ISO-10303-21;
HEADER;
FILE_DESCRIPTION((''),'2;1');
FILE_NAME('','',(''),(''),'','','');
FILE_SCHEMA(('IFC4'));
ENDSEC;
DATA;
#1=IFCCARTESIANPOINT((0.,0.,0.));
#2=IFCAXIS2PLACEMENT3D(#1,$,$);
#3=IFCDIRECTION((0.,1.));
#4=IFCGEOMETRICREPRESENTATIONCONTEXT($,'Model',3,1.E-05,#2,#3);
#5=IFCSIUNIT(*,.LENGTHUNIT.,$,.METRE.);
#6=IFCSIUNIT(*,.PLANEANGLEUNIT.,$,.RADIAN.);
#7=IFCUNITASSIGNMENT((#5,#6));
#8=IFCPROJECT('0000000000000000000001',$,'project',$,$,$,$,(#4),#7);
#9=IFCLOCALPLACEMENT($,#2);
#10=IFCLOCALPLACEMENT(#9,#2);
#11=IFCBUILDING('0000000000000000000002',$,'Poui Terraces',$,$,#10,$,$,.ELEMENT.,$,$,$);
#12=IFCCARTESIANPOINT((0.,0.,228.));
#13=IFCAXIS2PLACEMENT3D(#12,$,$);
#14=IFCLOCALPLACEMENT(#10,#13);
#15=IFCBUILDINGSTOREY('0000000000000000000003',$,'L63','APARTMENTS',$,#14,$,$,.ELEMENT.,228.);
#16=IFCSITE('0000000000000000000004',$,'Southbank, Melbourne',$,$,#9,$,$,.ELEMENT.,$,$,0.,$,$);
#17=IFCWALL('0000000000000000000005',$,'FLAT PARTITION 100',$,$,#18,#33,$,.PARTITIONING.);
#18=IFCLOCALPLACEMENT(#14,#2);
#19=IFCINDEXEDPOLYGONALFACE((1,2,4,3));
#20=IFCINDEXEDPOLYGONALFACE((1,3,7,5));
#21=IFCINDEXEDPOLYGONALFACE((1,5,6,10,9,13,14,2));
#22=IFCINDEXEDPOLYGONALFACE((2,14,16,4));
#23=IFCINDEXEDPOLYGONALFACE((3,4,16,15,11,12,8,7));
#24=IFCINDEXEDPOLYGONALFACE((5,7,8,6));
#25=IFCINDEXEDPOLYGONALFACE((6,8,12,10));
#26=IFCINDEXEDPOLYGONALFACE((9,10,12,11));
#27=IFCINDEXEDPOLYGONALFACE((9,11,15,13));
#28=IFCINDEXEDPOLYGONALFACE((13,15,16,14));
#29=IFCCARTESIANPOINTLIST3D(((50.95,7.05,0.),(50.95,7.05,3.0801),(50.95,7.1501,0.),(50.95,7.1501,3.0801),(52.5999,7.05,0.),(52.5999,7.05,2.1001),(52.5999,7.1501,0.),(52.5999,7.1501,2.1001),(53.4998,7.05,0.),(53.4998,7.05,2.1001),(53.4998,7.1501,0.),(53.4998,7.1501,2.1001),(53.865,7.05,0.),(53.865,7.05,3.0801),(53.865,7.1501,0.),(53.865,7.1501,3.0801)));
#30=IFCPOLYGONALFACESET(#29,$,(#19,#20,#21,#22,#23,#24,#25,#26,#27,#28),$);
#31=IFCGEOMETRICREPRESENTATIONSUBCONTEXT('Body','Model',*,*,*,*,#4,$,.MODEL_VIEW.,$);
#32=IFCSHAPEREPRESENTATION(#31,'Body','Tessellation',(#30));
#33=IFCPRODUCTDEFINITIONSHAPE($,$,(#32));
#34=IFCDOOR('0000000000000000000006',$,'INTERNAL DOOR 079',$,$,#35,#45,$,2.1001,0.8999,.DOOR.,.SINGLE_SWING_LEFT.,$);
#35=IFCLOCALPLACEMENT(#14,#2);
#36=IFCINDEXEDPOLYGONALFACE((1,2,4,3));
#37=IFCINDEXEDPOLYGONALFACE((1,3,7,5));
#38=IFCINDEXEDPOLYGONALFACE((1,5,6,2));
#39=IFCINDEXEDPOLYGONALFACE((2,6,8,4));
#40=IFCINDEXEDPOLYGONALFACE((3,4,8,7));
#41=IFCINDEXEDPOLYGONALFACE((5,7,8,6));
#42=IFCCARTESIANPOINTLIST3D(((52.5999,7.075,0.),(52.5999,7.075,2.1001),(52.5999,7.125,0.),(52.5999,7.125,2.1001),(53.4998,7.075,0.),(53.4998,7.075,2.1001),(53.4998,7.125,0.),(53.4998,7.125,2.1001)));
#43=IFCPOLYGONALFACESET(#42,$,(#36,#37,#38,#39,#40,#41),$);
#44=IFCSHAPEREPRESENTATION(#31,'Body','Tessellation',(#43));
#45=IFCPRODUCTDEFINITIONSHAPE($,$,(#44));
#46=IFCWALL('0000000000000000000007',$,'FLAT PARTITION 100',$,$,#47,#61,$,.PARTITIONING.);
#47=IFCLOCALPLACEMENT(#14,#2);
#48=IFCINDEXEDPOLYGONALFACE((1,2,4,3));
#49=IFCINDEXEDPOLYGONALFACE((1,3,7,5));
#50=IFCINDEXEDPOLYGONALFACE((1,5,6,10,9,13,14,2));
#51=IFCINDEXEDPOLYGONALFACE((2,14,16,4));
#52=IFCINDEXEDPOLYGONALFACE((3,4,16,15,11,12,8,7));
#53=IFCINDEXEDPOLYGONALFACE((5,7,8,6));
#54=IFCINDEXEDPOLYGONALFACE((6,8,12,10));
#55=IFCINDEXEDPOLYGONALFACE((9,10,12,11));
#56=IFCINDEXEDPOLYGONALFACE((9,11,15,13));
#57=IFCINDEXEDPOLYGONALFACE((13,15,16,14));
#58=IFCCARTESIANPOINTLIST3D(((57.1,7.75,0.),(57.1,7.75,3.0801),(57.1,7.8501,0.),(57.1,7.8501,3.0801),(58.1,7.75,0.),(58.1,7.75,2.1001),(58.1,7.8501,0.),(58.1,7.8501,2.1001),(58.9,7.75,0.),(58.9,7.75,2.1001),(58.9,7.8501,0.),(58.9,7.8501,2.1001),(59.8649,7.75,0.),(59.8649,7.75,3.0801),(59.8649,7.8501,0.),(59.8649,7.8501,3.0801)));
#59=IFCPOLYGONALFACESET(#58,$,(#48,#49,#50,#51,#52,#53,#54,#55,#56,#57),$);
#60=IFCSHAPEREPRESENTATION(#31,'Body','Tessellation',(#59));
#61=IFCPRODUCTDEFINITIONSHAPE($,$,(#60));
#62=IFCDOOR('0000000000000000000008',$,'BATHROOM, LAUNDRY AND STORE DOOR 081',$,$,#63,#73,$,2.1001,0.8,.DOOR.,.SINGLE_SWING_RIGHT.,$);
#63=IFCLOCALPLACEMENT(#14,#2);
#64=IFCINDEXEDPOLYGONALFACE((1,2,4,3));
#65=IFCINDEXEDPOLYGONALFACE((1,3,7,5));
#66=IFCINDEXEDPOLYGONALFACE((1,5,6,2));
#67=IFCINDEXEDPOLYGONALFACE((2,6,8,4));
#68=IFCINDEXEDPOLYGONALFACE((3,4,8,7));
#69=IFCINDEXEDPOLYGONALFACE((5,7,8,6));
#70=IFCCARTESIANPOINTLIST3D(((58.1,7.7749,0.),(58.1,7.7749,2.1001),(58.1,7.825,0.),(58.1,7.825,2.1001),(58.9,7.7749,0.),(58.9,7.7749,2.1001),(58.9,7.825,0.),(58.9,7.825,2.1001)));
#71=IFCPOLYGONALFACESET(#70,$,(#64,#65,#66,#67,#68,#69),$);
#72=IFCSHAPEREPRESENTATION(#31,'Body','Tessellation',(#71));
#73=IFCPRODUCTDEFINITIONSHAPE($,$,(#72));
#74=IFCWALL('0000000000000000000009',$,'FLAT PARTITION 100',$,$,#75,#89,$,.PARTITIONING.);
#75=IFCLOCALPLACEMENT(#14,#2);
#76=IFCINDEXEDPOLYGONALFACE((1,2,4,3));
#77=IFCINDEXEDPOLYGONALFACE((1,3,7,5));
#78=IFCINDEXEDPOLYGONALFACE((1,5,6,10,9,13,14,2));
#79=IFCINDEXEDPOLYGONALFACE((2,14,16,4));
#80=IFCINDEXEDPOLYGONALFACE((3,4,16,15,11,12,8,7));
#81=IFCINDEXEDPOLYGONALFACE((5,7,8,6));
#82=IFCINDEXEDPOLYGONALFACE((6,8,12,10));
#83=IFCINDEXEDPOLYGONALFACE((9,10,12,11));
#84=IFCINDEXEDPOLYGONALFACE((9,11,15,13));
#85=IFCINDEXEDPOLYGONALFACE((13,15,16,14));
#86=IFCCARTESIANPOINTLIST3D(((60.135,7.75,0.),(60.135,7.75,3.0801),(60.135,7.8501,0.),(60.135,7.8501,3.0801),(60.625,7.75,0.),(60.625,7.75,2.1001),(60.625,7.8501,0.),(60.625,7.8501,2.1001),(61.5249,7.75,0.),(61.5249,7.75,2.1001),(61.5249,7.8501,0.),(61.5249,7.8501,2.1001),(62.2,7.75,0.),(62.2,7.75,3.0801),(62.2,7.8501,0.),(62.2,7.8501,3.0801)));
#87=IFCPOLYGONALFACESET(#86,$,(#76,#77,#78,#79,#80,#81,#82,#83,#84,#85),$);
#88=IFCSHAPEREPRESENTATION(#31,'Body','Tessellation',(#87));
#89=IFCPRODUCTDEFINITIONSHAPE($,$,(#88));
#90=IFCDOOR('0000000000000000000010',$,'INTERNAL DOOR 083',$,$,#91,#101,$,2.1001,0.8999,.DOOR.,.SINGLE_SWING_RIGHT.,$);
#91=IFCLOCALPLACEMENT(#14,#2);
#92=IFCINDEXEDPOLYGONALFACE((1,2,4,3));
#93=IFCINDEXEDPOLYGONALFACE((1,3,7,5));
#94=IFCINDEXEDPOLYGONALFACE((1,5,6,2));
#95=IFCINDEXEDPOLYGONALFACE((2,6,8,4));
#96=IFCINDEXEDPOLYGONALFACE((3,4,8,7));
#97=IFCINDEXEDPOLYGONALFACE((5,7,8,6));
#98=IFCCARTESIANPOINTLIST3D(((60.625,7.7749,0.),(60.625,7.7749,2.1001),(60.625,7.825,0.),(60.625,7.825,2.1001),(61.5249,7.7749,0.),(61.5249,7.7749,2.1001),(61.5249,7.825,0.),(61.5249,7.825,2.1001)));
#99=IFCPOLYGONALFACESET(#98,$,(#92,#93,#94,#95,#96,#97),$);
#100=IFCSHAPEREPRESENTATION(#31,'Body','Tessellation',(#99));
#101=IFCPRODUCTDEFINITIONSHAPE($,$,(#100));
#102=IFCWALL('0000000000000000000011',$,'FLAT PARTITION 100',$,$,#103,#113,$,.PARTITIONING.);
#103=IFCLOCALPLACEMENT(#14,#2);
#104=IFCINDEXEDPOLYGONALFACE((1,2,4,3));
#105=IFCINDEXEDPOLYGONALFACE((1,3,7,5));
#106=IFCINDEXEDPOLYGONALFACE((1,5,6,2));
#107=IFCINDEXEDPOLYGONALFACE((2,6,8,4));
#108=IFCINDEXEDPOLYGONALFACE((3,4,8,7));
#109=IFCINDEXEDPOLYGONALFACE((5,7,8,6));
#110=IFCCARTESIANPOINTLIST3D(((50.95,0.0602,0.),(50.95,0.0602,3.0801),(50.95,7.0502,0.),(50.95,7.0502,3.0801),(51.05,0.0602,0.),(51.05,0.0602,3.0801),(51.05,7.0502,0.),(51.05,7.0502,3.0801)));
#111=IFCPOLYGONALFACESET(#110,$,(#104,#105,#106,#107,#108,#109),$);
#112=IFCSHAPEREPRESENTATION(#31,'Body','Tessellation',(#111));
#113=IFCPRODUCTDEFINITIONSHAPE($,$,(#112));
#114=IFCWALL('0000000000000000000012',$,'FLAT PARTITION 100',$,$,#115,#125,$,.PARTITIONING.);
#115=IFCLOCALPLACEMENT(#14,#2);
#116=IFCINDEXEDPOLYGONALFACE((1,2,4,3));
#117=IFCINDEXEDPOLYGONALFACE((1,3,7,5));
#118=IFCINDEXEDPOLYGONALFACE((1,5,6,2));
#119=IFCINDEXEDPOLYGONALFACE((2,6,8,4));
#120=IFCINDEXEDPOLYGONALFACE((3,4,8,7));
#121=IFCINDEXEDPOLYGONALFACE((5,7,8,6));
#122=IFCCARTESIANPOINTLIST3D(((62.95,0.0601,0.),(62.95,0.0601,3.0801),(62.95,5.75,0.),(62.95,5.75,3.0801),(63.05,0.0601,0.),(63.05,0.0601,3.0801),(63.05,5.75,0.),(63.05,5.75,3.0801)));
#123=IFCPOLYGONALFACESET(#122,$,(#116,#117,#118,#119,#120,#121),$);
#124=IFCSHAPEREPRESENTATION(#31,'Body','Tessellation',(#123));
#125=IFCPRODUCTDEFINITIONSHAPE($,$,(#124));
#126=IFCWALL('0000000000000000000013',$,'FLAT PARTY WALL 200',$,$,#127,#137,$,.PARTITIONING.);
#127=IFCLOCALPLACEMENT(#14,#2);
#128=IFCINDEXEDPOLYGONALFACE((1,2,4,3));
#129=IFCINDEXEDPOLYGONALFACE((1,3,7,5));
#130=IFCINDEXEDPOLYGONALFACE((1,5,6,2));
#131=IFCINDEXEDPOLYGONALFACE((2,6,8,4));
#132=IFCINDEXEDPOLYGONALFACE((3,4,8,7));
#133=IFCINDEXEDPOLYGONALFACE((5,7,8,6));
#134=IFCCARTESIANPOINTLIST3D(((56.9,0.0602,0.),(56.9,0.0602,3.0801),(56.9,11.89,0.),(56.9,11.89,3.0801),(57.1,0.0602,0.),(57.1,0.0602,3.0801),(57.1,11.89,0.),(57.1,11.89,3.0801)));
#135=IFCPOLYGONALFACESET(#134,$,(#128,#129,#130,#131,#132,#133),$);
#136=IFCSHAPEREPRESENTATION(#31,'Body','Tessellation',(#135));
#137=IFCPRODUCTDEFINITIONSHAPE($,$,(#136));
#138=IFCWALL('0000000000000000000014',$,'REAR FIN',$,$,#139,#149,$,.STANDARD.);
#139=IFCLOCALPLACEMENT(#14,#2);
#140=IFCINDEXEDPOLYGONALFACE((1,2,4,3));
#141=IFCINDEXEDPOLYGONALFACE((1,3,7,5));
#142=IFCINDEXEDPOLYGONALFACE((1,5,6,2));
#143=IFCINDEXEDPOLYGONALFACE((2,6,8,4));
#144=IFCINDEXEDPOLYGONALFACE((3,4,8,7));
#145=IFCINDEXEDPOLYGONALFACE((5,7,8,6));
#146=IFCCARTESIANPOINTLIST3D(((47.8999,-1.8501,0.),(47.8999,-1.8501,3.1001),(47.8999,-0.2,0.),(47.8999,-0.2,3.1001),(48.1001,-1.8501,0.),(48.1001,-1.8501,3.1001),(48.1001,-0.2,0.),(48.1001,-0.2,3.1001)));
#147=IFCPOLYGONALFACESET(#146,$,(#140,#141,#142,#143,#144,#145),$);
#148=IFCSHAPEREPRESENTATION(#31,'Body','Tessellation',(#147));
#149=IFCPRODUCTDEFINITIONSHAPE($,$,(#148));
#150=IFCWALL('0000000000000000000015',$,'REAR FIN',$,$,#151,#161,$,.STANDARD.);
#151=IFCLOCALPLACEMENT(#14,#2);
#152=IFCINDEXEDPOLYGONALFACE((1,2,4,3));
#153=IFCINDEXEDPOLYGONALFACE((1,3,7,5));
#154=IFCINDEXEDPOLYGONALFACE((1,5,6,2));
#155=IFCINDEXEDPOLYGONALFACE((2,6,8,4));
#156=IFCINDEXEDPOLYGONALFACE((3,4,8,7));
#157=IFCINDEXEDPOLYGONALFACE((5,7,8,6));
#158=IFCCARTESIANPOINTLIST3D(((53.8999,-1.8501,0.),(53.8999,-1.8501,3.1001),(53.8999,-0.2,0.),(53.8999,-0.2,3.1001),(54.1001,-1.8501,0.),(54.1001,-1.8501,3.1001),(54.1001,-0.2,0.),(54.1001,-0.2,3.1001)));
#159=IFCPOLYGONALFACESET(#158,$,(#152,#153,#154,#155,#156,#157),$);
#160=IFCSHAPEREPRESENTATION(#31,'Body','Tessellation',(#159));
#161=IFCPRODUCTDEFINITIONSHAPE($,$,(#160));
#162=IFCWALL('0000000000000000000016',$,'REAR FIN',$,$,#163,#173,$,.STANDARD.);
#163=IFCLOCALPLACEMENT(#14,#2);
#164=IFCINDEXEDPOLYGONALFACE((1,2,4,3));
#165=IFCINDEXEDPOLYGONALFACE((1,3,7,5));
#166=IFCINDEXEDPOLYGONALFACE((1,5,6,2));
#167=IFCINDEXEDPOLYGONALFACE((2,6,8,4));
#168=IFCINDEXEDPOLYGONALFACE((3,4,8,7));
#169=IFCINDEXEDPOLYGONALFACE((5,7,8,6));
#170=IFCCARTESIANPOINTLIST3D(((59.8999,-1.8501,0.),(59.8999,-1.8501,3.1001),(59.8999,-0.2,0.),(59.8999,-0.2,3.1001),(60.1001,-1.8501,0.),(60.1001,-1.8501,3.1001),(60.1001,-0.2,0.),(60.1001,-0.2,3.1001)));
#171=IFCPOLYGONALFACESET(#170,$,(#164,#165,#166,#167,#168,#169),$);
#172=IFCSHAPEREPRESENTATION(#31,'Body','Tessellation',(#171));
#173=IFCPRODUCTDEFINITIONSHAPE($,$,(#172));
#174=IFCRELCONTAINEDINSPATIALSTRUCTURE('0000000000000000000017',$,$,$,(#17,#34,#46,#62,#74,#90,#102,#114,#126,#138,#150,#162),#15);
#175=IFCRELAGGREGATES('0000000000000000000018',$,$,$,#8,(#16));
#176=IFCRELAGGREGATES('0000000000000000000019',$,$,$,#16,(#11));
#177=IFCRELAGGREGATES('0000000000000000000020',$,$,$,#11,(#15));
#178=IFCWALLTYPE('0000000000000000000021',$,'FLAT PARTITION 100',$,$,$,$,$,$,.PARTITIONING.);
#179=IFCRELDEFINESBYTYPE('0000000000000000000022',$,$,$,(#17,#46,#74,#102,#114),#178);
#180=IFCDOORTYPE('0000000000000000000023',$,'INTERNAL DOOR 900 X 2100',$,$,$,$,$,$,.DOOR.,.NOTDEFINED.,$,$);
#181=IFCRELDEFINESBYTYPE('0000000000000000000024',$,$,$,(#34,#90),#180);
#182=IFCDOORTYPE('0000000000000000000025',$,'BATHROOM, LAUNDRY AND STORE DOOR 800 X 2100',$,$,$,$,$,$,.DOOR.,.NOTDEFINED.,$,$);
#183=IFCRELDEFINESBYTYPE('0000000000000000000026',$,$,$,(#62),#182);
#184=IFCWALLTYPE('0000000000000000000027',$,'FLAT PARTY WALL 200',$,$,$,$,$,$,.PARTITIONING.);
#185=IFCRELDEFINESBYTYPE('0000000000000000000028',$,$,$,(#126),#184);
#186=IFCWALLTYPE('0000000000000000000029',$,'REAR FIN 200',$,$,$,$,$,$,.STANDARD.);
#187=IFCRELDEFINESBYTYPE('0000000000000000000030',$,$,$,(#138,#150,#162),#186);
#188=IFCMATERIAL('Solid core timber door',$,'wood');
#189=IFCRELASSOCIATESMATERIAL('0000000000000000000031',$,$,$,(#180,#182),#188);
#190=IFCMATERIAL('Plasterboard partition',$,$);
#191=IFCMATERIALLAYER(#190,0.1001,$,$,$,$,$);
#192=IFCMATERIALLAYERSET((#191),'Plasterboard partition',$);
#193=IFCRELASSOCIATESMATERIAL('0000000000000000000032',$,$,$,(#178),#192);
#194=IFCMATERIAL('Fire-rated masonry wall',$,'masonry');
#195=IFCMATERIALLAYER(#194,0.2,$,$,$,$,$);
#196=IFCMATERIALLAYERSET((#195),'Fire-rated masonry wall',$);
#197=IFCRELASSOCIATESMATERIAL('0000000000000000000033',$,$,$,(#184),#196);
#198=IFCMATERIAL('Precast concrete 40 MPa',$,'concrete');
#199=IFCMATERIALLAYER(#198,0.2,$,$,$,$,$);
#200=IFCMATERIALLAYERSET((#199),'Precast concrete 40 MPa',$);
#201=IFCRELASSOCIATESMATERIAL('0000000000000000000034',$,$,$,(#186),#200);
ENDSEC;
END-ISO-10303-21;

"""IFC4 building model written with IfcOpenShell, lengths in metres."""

from ifc_helpers import new_model, si_unit, direction, frame, frame_2d, origin, place, context, subcontext, project, spatial, polyline, rectangle, outline, extrude, source, transform, mapped, material, layer, layer_set, type_object, element, fill, save


model = new_model("IFC4")

# Units and contexts
model_context = context("Model", 3, precision=1e-05, world=origin(), true_north=direction((0.0, 1.0)))
body_context = subcontext(model_context, "Body", "Model", "MODEL_VIEW")
ifc_project = project(units=[si_unit("LENGTHUNIT", "METRE"), si_unit("PLANEANGLEUNIT", "RADIAN")], contexts=[model_context])

# Site, building, storey
site_placement = place(None, origin())
site = spatial("IfcSite", under=ifc_project, at=site_placement, Name="Southbank, Melbourne", CompositionType="ELEMENT", RefElevation=0.0)
building_placement = place(site_placement, origin())
building = spatial("IfcBuilding", under=site, at=building_placement, Name="Poui Terraces", CompositionType="ELEMENT")
storey_placement = place(building_placement, frame((0.0, 0.0, 228.0)))
storey = spatial("IfcBuildingStorey", under=building, at=storey_placement, Name="L63", Description="APARTMENTS", CompositionType="ELEMENT", Elevation=228.0)

# Shared definitions
ifc_material_1 = material(Name="Precast concrete 40 MPa", Category="concrete")

# Walls, openings, doors
ifc_material_2 = material(Name="Solid core timber door", Category="wood")
door_type_1 = type_object("IfcDoorType", Name="INTERNAL DOOR 900 X 2100", OperationType="NOTDEFINED", PredefinedType="DOOR", material=ifc_material_2)
ifc_material_3 = material(Name="Plasterboard partition")
ifc_layer_1 = layer(ifc_material_3, 0.1001)
ifc_layer_set_1 = layer_set([ifc_layer_1], Name="Plasterboard partition")
wall_type_1 = type_object("IfcWallType", Name="FLAT PARTITION 100", PredefinedType="PARTITIONING", material=ifc_layer_set_1)
wall_1_placement = place(storey_placement, frame((50.95, 7.1001, 0.0), z_axis=(0.0, 0.0, 1.0), x_axis=(1.0, 0.0, 0.0)))
wall_1 = element("IfcWall", 1, at=wall_1_placement, inside=storey, type_object=wall_type_1, Name="FLAT PARTITION 100", PredefinedType="PARTITIONING", context=body_context, shape_type="SweptSolid", body=[
    extrude(rectangle(XDim=2.915, YDim=0.1001, at=frame_2d((1.4575, 0.0))), origin(), (0.0, 0.0, 1.0), 3.0801),
])
opening_1_placement = place(wall_1_placement, frame((1.6499, 0.0, 0.0)))
opening_1 = element("IfcOpeningElement", 2, at=opening_1_placement, cuts=wall_1, PredefinedType="OPENING", context=body_context, shape_type="SweptSolid", body=[
    extrude(rectangle(XDim=0.8999, YDim=2.1001, at=frame_2d((0.45, 1.05))), frame((0.0, 0.0601, 0.0), z_axis=(0.0, -1.0, 0.0), x_axis=(1.0, 0.0, 0.0)), (0.0, 0.0, 1.0), 0.1201),
])
door_1_placement = place(opening_1_placement, origin())
door_1 = element("IfcDoor", 3, at=door_1_placement, inside=storey, type_object=door_type_1, Name="INTERNAL DOOR 079", OperationType="SINGLE_SWING_LEFT", OverallHeight=2.1001, OverallWidth=0.8999, PredefinedType="DOOR", context=body_context, shape_type="SweptSolid", body=[
    extrude(rectangle(XDim=0.8999, YDim=2.1001, at=frame_2d((0.45, 1.05))), frame((0.0, 0.0249, 0.0), z_axis=(0.0, -1.0, 0.0), x_axis=(1.0, 0.0, 0.0)), (0.0, 0.0, 1.0), 0.05),
])
fill(opening_1, door_1)
wall_2_placement = place(storey_placement, frame((57.1001, 7.8, 0.0), z_axis=(0.0, 0.0, 1.0), x_axis=(1.0, 0.0, 0.0)))
wall_2 = element("IfcWall", 4, at=wall_2_placement, inside=storey, type_object=wall_type_1, Name="FLAT PARTITION 100", PredefinedType="PARTITIONING", context=body_context, shape_type="SweptSolid", body=[
    extrude(rectangle(XDim=2.7649, YDim=0.1001, at=frame_2d((1.3823, 0.0))), origin(), (0.0, 0.0, 1.0), 3.0801),
])
opening_2_placement = place(wall_2_placement, frame((1.0, 0.0, 0.0)))
opening_2 = element("IfcOpeningElement", 5, at=opening_2_placement, cuts=wall_2, PredefinedType="OPENING", context=body_context, shape_type="SweptSolid", body=[
    extrude(rectangle(XDim=0.8, YDim=2.1001, at=frame_2d((0.3999, 1.05))), frame((0.0, 0.0601, 0.0), z_axis=(0.0, -1.0, 0.0), x_axis=(1.0, 0.0, 0.0)), (0.0, 0.0, 1.0), 0.1201),
])
door_type_2 = type_object("IfcDoorType", Name="BATHROOM, LAUNDRY AND STORE DOOR 800 X 2100", OperationType="NOTDEFINED", PredefinedType="DOOR", material=ifc_material_2)
door_2_placement = place(opening_2_placement, origin())
door_2 = element("IfcDoor", 6, at=door_2_placement, inside=storey, type_object=door_type_2, Name="BATHROOM, LAUNDRY AND STORE DOOR 081", OperationType="SINGLE_SWING_RIGHT", OverallHeight=2.1001, OverallWidth=0.8, PredefinedType="DOOR", context=body_context, shape_type="SweptSolid", body=[
    extrude(rectangle(XDim=0.8, YDim=2.1001, at=frame_2d((0.3999, 1.05))), frame((0.0, 0.0249, 0.0), z_axis=(0.0, -1.0, 0.0), x_axis=(1.0, 0.0, 0.0)), (0.0, 0.0, 1.0), 0.05),
])
fill(opening_2, door_2)
wall_3_placement = place(storey_placement, frame((60.135, 7.8, 0.0), z_axis=(0.0, 0.0, 1.0), x_axis=(1.0, 0.0, 0.0)))
wall_3 = element("IfcWall", 7, at=wall_3_placement, inside=storey, type_object=wall_type_1, Name="FLAT PARTITION 100", PredefinedType="PARTITIONING", context=body_context, shape_type="SweptSolid", body=[
    extrude(rectangle(XDim=2.0649, YDim=0.1001, at=frame_2d((1.0325, 0.0))), origin(), (0.0, 0.0, 1.0), 3.0801),
])
opening_3_placement = place(wall_3_placement, frame((0.49, 0.0, 0.0)))
opening_3 = element("IfcOpeningElement", 8, at=opening_3_placement, cuts=wall_3, PredefinedType="OPENING", context=body_context, shape_type="SweptSolid", body=[
    extrude(rectangle(XDim=0.8999, YDim=2.1001, at=frame_2d((0.45, 1.05))), frame((0.0, 0.0601, 0.0), z_axis=(0.0, -1.0, 0.0), x_axis=(1.0, 0.0, 0.0)), (0.0, 0.0, 1.0), 0.1201),
])
door_3_placement = place(opening_3_placement, origin())
door_3 = element("IfcDoor", 9, at=door_3_placement, inside=storey, type_object=door_type_1, Name="INTERNAL DOOR 083", OperationType="SINGLE_SWING_RIGHT", OverallHeight=2.1001, OverallWidth=0.8999, PredefinedType="DOOR", context=body_context, shape_type="SweptSolid", body=[
    extrude(rectangle(XDim=0.8999, YDim=2.1001, at=frame_2d((0.45, 1.05))), frame((0.0, 0.0249, 0.0), z_axis=(0.0, -1.0, 0.0), x_axis=(1.0, 0.0, 0.0)), (0.0, 0.0, 1.0), 0.05),
])
fill(opening_3, door_3)

# Walls
wall_4_placement = place(storey_placement, frame((51.0, 0.0601, 0.0), z_axis=(0.0, 0.0, 1.0), x_axis=(0.0, 1.0, 0.0)))
element("IfcWall", 10, at=wall_4_placement, inside=storey, type_object=wall_type_1, Name="FLAT PARTITION 100", PredefinedType="PARTITIONING", context=body_context, shape_type="SweptSolid", body=[
    extrude(rectangle(XDim=6.99, YDim=0.1001, at=frame_2d((3.4951, 0.0))), origin(), (0.0, 0.0, 1.0), 3.0801),
])
wall_5_placement = place(storey_placement, frame((63.0, 0.0601, 0.0), z_axis=(0.0, 0.0, 1.0), x_axis=(0.0, 1.0, 0.0)))
element("IfcWall", 11, at=wall_5_placement, inside=storey, type_object=wall_type_1, Name="FLAT PARTITION 100", PredefinedType="PARTITIONING", context=body_context, shape_type="SweptSolid", body=[
    extrude(rectangle(XDim=5.6899, YDim=0.1001, at=frame_2d((2.845, 0.0))), origin(), (0.0, 0.0, 1.0), 3.0801),
])
ifc_material_4 = material(Name="Fire-rated masonry wall", Category="masonry")
ifc_layer_2 = layer(ifc_material_4, 0.2)
ifc_layer_set_2 = layer_set([ifc_layer_2], Name="Fire-rated masonry wall")
wall_type_2 = type_object("IfcWallType", Name="FLAT PARTY WALL 200", PredefinedType="PARTITIONING", material=ifc_layer_set_2)
wall_6_placement = place(storey_placement, frame((57.0, 0.0601, 0.0), z_axis=(0.0, 0.0, 1.0), x_axis=(0.0, 1.0, 0.0)))
element("IfcWall", 12, at=wall_6_placement, inside=storey, type_object=wall_type_2, Name="FLAT PARTY WALL 200", PredefinedType="PARTITIONING", context=body_context, shape_type="SweptSolid", body=[
    extrude(rectangle(XDim=11.8298, YDim=0.2, at=frame_2d((5.915, 0.0))), origin(), (0.0, 0.0, 1.0), 3.0801),
])
ifc_layer_3 = layer(ifc_material_1, 0.2)
ifc_layer_set_3 = layer_set([ifc_layer_3], Name="Precast concrete 40 MPa")
wall_type_3 = type_object("IfcWallType", Name="REAR FIN 200", PredefinedType="STANDARD", material=ifc_layer_set_3)
shared_shape_1 = source(origin(), body_context, "Body", "SweptSolid", [
    extrude(outline(polyline([(0.0, 0.0), (0.2002, 0.0), (0.2002, 1.6501), (0.0, 1.6501), (0.0, 0.0)])), origin(), (0.0, 0.0, 1.0), 3.1001),
])
for number, where, name in (
    (13, (47.8999, -1.8501, 0.0), "REAR FIN"),
    (14, (53.8999, -1.8501, 0.0), "REAR FIN"),
    (15, (59.8999, -1.8501, 0.0), "REAR FIN"),
):
    element("IfcWall", number, at=place(storey_placement, frame(where)), inside=storey, type_object=wall_type_3, Name=name, PredefinedType="STANDARD", context=body_context, shape_type="MappedRepresentation", body=[
        mapped(shared_shape_1, transform((0.0, 0.0, 0.0))),
    ])

save(model, "model.ifc")
